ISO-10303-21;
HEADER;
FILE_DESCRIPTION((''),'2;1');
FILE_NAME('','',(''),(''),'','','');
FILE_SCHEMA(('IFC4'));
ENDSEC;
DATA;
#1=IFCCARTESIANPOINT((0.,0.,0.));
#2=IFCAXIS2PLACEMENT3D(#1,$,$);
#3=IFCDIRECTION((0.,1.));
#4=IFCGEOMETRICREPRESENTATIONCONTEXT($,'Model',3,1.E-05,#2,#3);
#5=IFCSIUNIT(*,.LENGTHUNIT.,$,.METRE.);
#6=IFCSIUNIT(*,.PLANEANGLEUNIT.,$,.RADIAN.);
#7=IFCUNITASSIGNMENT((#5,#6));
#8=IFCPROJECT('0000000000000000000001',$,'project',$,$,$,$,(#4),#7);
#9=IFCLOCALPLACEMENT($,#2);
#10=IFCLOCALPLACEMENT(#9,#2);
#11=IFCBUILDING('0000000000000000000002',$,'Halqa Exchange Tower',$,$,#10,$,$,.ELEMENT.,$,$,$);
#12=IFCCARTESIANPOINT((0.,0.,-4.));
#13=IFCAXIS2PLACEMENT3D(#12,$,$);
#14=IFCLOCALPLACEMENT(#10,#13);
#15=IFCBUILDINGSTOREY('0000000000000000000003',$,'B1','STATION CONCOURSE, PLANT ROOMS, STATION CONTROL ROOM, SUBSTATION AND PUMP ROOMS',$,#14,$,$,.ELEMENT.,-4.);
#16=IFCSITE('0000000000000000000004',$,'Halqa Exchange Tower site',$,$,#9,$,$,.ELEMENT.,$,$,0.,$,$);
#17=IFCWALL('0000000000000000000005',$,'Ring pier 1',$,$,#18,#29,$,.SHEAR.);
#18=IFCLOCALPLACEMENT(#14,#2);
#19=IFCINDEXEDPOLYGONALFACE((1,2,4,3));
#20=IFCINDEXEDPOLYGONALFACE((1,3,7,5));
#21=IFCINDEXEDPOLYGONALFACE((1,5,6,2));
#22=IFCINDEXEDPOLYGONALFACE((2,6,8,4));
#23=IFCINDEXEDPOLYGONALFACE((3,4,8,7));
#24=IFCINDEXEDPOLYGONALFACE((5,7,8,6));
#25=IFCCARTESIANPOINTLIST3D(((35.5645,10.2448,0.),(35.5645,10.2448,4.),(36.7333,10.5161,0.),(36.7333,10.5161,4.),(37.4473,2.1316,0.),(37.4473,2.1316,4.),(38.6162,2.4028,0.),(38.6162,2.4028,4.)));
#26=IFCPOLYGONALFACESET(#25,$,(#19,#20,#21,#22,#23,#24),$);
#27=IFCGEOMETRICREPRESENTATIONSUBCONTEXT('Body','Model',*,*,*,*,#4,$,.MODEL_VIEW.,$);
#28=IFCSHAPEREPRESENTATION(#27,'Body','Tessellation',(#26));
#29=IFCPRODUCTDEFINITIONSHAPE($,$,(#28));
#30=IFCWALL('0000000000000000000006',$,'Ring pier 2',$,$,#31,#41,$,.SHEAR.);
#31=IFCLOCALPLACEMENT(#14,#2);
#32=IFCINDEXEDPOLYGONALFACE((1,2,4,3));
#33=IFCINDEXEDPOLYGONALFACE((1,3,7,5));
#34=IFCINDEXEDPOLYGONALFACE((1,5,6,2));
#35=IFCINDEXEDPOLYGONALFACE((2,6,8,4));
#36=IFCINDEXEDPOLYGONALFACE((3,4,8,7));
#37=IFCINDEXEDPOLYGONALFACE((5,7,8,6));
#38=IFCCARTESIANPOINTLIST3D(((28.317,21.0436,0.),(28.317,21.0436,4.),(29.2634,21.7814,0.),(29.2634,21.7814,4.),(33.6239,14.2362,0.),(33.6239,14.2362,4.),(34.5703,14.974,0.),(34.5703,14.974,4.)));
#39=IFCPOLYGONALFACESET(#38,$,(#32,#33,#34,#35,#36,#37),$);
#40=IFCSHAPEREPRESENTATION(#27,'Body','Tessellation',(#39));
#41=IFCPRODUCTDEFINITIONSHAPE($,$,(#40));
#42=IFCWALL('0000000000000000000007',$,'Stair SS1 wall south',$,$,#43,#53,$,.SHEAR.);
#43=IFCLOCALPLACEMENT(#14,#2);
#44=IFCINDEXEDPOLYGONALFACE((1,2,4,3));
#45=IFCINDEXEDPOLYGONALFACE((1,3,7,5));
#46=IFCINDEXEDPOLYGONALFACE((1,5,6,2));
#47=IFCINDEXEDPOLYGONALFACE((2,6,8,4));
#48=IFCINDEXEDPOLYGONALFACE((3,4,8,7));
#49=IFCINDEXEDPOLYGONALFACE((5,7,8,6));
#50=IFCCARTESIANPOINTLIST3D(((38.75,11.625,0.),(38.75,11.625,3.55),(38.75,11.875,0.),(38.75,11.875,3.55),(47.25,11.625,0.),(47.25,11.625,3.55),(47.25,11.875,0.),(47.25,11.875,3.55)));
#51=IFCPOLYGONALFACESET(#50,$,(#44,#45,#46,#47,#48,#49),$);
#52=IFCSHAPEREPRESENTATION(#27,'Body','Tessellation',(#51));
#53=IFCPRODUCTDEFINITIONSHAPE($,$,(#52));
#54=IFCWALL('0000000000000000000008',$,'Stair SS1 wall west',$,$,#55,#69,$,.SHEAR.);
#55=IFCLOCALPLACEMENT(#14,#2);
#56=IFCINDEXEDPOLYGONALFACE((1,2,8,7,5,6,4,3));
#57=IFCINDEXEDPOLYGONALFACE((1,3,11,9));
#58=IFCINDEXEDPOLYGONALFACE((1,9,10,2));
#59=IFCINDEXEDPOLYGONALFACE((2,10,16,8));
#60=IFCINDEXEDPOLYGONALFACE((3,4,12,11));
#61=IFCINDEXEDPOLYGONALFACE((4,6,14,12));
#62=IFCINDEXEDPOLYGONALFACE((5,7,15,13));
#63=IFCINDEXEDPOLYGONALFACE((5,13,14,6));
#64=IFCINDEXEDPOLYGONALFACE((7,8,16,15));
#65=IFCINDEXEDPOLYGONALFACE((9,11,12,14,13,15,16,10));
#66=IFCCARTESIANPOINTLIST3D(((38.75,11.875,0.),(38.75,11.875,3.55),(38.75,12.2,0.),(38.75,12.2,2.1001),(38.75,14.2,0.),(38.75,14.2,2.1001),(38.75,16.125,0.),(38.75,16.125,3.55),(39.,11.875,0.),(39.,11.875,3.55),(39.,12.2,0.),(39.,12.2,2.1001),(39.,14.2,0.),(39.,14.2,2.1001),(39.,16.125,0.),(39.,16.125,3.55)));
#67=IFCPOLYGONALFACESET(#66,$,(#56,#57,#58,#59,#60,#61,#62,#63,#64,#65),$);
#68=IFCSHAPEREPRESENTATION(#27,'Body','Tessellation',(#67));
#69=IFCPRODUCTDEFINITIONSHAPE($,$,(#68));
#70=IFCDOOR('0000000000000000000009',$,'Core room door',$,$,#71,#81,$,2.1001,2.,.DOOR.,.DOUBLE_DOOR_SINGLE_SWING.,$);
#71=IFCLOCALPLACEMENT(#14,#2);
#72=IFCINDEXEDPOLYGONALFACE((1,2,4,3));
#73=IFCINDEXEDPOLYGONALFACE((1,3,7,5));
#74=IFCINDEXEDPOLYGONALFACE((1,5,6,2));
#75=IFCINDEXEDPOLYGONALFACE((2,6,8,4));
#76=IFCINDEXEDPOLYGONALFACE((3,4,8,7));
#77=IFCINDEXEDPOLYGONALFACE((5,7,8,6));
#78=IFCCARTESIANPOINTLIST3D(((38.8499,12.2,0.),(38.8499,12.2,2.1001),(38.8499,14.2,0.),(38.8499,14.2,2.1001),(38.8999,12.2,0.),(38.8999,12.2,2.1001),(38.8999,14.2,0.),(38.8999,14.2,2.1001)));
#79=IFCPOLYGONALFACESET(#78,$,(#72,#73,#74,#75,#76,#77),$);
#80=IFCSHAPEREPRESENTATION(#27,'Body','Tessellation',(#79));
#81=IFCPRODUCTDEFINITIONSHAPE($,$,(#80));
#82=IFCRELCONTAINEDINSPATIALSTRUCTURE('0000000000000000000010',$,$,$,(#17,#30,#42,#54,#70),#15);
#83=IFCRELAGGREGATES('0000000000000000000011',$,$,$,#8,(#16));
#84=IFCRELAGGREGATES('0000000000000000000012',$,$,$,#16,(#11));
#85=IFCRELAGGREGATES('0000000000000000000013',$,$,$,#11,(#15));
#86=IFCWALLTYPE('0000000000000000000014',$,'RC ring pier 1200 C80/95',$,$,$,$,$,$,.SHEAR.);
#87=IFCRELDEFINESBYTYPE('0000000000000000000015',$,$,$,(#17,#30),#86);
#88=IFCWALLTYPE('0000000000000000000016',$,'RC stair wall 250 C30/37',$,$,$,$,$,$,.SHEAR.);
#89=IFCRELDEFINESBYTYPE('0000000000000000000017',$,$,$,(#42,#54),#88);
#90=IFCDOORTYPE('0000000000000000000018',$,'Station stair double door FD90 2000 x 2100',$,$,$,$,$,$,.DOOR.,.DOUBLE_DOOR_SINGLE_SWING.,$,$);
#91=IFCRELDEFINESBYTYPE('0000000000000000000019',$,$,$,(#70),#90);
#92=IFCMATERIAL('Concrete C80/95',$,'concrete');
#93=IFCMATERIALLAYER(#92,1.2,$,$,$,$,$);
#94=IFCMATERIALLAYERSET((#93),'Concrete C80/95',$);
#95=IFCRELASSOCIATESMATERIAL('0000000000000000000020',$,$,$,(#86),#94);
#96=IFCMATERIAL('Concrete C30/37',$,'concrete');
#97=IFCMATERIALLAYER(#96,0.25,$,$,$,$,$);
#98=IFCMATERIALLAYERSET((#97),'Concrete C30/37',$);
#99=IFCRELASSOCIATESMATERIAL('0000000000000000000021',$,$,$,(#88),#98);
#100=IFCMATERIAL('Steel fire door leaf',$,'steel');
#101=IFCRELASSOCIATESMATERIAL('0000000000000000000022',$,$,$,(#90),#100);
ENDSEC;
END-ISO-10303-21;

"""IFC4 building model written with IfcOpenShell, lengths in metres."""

from ifc_helpers import new_model, si_unit, direction, frame, frame_2d, origin, place, context, subcontext, project, spatial, rectangle, extrude, material, layer, layer_set, type_object, element, fill, save


model = new_model("IFC4")

# Units and contexts
model_context = context("Model", 3, precision=1e-05, world=origin(), true_north=direction((0.0, 1.0)))
body_context = subcontext(model_context, "Body", "Model", "MODEL_VIEW")
ifc_project = project(units=[si_unit("LENGTHUNIT", "METRE"), si_unit("PLANEANGLEUNIT", "RADIAN")], contexts=[model_context])

# Site, building, storey
site_placement = place(None, origin())
site = spatial("IfcSite", under=ifc_project, at=site_placement, Name="Halqa Exchange Tower site", CompositionType="ELEMENT", RefElevation=0.0)
building_placement = place(site_placement, origin())
building = spatial("IfcBuilding", under=site, at=building_placement, Name="Halqa Exchange Tower", CompositionType="ELEMENT")
storey_placement = place(building_placement, frame((0.0, 0.0, -4.0)))
storey = spatial("IfcBuildingStorey", under=building, at=storey_placement, Name="B1", Description="STATION CONCOURSE, PLANT ROOMS, STATION CONTROL ROOM, SUBSTATION AND PUMP ROOMS", CompositionType="ELEMENT", Elevation=-4.0)

# Shared definitions
ifc_material_1 = material(Name="Steel fire door leaf", Category="steel")

# Walls
ifc_material_2 = material(Name="Concrete C80/95", Category="concrete")
ifc_layer_1 = layer(ifc_material_2, 1.2)
ifc_layer_set_1 = layer_set([ifc_layer_1], Name="Concrete C80/95")
wall_type_1 = type_object("IfcWallType", Name="RC ring pier 1200 C80/95", PredefinedType="SHEAR", material=ifc_layer_set_1)
wall_1_placement = place(storey_placement, frame((38.0317, 2.2671, 0.0), z_axis=(0.0, 0.0, 1.0), x_axis=(-0.226058, 0.974114, 0.0)))
element("IfcWall", 1, at=wall_1_placement, inside=storey, type_object=wall_type_1, Name="Ring pier 1", PredefinedType="SHEAR", context=body_context, shape_type="SweptSolid", body=[
    extrude(rectangle(XDim=8.3289, YDim=1.2, at=frame_2d((4.1646, 0.0))), origin(), (0.0, 0.0, 1.0), 4.0),
])
wall_2_placement = place(storey_placement, frame((34.0972, 14.605, 0.0), z_axis=(0.0, 0.0, 1.0), x_axis=(-0.614825, 0.788663, 0.0)))
element("IfcWall", 2, at=wall_2_placement, inside=storey, type_object=wall_type_1, Name="Ring pier 2", PredefinedType="SHEAR", context=body_context, shape_type="SweptSolid", body=[
    extrude(rectangle(XDim=8.6316, YDim=1.2, at=frame_2d((4.3159, 0.0))), origin(), (0.0, 0.0, 1.0), 4.0),
])
ifc_material_3 = material(Name="Concrete C30/37", Category="concrete")
ifc_layer_2 = layer(ifc_material_3, 0.25)
ifc_layer_set_2 = layer_set([ifc_layer_2], Name="Concrete C30/37")
wall_type_2 = type_object("IfcWallType", Name="RC stair wall 250 C30/37", PredefinedType="SHEAR", material=ifc_layer_set_2)
wall_3_placement = place(storey_placement, frame((38.75, 11.75, 0.0), z_axis=(0.0, 0.0, 1.0), x_axis=(1.0, 0.0, 0.0)))
element("IfcWall", 3, at=wall_3_placement, inside=storey, type_object=wall_type_2, Name="Stair SS1 wall south", PredefinedType="SHEAR", context=body_context, shape_type="SweptSolid", body=[
    extrude(rectangle(XDim=8.5, YDim=0.25, at=frame_2d((4.25, 0.0))), origin(), (0.0, 0.0, 1.0), 3.55),
])

# Wall, opening, door
wall_4_placement = place(storey_placement, frame((38.875, 11.875, 0.0), z_axis=(0.0, 0.0, 1.0), x_axis=(0.0, 1.0, 0.0)))
wall_4 = element("IfcWall", 4, at=wall_4_placement, inside=storey, type_object=wall_type_2, Name="Stair SS1 wall west", PredefinedType="SHEAR", context=body_context, shape_type="SweptSolid", body=[
    extrude(rectangle(XDim=4.25, YDim=0.25, at=frame_2d((2.125, 0.0))), origin(), (0.0, 0.0, 1.0), 3.55),
])
opening_1_placement = place(wall_4_placement, frame((0.325, 0.0, 0.0)))
opening_1 = element("IfcOpeningElement", 5, at=opening_1_placement, cuts=wall_4, PredefinedType="OPENING", context=body_context, shape_type="SweptSolid", body=[
    extrude(rectangle(XDim=2.0, YDim=2.1001, at=frame_2d((1.0, 1.05))), frame((0.0, 0.137, 0.0), z_axis=(0.0, -1.0, 0.0), x_axis=(1.0, 0.0, 0.0)), (0.0, 0.0, 1.0), 0.2739),
])
door_type_1 = type_object("IfcDoorType", Name="Station stair double door FD90 2000 x 2100", OperationType="DOUBLE_DOOR_SINGLE_SWING", PredefinedType="DOOR", material=ifc_material_1)
door_1_placement = place(opening_1_placement, frame((2.0, 0.0, 0.0), z_axis=(0.0, 0.0, 1.0), x_axis=(-1.0, 0.0, 0.0)))
door_1 = element("IfcDoor", 6, at=door_1_placement, inside=storey, type_object=door_type_1, Name="Core room door", OperationType="DOUBLE_DOOR_SINGLE_SWING", OverallHeight=2.1001, OverallWidth=2.0, PredefinedType="DOOR", context=body_context, shape_type="SweptSolid", body=[
    extrude(rectangle(XDim=2.0, YDim=2.1001, at=frame_2d((1.0, 1.05))), frame((0.0, 0.0249, 0.0), z_axis=(0.0, -1.0, 0.0), x_axis=(1.0, 0.0, 0.0)), (0.0, 0.0, 1.0), 0.05),
])
fill(opening_1, door_1)

save(model, "model.ifc")
